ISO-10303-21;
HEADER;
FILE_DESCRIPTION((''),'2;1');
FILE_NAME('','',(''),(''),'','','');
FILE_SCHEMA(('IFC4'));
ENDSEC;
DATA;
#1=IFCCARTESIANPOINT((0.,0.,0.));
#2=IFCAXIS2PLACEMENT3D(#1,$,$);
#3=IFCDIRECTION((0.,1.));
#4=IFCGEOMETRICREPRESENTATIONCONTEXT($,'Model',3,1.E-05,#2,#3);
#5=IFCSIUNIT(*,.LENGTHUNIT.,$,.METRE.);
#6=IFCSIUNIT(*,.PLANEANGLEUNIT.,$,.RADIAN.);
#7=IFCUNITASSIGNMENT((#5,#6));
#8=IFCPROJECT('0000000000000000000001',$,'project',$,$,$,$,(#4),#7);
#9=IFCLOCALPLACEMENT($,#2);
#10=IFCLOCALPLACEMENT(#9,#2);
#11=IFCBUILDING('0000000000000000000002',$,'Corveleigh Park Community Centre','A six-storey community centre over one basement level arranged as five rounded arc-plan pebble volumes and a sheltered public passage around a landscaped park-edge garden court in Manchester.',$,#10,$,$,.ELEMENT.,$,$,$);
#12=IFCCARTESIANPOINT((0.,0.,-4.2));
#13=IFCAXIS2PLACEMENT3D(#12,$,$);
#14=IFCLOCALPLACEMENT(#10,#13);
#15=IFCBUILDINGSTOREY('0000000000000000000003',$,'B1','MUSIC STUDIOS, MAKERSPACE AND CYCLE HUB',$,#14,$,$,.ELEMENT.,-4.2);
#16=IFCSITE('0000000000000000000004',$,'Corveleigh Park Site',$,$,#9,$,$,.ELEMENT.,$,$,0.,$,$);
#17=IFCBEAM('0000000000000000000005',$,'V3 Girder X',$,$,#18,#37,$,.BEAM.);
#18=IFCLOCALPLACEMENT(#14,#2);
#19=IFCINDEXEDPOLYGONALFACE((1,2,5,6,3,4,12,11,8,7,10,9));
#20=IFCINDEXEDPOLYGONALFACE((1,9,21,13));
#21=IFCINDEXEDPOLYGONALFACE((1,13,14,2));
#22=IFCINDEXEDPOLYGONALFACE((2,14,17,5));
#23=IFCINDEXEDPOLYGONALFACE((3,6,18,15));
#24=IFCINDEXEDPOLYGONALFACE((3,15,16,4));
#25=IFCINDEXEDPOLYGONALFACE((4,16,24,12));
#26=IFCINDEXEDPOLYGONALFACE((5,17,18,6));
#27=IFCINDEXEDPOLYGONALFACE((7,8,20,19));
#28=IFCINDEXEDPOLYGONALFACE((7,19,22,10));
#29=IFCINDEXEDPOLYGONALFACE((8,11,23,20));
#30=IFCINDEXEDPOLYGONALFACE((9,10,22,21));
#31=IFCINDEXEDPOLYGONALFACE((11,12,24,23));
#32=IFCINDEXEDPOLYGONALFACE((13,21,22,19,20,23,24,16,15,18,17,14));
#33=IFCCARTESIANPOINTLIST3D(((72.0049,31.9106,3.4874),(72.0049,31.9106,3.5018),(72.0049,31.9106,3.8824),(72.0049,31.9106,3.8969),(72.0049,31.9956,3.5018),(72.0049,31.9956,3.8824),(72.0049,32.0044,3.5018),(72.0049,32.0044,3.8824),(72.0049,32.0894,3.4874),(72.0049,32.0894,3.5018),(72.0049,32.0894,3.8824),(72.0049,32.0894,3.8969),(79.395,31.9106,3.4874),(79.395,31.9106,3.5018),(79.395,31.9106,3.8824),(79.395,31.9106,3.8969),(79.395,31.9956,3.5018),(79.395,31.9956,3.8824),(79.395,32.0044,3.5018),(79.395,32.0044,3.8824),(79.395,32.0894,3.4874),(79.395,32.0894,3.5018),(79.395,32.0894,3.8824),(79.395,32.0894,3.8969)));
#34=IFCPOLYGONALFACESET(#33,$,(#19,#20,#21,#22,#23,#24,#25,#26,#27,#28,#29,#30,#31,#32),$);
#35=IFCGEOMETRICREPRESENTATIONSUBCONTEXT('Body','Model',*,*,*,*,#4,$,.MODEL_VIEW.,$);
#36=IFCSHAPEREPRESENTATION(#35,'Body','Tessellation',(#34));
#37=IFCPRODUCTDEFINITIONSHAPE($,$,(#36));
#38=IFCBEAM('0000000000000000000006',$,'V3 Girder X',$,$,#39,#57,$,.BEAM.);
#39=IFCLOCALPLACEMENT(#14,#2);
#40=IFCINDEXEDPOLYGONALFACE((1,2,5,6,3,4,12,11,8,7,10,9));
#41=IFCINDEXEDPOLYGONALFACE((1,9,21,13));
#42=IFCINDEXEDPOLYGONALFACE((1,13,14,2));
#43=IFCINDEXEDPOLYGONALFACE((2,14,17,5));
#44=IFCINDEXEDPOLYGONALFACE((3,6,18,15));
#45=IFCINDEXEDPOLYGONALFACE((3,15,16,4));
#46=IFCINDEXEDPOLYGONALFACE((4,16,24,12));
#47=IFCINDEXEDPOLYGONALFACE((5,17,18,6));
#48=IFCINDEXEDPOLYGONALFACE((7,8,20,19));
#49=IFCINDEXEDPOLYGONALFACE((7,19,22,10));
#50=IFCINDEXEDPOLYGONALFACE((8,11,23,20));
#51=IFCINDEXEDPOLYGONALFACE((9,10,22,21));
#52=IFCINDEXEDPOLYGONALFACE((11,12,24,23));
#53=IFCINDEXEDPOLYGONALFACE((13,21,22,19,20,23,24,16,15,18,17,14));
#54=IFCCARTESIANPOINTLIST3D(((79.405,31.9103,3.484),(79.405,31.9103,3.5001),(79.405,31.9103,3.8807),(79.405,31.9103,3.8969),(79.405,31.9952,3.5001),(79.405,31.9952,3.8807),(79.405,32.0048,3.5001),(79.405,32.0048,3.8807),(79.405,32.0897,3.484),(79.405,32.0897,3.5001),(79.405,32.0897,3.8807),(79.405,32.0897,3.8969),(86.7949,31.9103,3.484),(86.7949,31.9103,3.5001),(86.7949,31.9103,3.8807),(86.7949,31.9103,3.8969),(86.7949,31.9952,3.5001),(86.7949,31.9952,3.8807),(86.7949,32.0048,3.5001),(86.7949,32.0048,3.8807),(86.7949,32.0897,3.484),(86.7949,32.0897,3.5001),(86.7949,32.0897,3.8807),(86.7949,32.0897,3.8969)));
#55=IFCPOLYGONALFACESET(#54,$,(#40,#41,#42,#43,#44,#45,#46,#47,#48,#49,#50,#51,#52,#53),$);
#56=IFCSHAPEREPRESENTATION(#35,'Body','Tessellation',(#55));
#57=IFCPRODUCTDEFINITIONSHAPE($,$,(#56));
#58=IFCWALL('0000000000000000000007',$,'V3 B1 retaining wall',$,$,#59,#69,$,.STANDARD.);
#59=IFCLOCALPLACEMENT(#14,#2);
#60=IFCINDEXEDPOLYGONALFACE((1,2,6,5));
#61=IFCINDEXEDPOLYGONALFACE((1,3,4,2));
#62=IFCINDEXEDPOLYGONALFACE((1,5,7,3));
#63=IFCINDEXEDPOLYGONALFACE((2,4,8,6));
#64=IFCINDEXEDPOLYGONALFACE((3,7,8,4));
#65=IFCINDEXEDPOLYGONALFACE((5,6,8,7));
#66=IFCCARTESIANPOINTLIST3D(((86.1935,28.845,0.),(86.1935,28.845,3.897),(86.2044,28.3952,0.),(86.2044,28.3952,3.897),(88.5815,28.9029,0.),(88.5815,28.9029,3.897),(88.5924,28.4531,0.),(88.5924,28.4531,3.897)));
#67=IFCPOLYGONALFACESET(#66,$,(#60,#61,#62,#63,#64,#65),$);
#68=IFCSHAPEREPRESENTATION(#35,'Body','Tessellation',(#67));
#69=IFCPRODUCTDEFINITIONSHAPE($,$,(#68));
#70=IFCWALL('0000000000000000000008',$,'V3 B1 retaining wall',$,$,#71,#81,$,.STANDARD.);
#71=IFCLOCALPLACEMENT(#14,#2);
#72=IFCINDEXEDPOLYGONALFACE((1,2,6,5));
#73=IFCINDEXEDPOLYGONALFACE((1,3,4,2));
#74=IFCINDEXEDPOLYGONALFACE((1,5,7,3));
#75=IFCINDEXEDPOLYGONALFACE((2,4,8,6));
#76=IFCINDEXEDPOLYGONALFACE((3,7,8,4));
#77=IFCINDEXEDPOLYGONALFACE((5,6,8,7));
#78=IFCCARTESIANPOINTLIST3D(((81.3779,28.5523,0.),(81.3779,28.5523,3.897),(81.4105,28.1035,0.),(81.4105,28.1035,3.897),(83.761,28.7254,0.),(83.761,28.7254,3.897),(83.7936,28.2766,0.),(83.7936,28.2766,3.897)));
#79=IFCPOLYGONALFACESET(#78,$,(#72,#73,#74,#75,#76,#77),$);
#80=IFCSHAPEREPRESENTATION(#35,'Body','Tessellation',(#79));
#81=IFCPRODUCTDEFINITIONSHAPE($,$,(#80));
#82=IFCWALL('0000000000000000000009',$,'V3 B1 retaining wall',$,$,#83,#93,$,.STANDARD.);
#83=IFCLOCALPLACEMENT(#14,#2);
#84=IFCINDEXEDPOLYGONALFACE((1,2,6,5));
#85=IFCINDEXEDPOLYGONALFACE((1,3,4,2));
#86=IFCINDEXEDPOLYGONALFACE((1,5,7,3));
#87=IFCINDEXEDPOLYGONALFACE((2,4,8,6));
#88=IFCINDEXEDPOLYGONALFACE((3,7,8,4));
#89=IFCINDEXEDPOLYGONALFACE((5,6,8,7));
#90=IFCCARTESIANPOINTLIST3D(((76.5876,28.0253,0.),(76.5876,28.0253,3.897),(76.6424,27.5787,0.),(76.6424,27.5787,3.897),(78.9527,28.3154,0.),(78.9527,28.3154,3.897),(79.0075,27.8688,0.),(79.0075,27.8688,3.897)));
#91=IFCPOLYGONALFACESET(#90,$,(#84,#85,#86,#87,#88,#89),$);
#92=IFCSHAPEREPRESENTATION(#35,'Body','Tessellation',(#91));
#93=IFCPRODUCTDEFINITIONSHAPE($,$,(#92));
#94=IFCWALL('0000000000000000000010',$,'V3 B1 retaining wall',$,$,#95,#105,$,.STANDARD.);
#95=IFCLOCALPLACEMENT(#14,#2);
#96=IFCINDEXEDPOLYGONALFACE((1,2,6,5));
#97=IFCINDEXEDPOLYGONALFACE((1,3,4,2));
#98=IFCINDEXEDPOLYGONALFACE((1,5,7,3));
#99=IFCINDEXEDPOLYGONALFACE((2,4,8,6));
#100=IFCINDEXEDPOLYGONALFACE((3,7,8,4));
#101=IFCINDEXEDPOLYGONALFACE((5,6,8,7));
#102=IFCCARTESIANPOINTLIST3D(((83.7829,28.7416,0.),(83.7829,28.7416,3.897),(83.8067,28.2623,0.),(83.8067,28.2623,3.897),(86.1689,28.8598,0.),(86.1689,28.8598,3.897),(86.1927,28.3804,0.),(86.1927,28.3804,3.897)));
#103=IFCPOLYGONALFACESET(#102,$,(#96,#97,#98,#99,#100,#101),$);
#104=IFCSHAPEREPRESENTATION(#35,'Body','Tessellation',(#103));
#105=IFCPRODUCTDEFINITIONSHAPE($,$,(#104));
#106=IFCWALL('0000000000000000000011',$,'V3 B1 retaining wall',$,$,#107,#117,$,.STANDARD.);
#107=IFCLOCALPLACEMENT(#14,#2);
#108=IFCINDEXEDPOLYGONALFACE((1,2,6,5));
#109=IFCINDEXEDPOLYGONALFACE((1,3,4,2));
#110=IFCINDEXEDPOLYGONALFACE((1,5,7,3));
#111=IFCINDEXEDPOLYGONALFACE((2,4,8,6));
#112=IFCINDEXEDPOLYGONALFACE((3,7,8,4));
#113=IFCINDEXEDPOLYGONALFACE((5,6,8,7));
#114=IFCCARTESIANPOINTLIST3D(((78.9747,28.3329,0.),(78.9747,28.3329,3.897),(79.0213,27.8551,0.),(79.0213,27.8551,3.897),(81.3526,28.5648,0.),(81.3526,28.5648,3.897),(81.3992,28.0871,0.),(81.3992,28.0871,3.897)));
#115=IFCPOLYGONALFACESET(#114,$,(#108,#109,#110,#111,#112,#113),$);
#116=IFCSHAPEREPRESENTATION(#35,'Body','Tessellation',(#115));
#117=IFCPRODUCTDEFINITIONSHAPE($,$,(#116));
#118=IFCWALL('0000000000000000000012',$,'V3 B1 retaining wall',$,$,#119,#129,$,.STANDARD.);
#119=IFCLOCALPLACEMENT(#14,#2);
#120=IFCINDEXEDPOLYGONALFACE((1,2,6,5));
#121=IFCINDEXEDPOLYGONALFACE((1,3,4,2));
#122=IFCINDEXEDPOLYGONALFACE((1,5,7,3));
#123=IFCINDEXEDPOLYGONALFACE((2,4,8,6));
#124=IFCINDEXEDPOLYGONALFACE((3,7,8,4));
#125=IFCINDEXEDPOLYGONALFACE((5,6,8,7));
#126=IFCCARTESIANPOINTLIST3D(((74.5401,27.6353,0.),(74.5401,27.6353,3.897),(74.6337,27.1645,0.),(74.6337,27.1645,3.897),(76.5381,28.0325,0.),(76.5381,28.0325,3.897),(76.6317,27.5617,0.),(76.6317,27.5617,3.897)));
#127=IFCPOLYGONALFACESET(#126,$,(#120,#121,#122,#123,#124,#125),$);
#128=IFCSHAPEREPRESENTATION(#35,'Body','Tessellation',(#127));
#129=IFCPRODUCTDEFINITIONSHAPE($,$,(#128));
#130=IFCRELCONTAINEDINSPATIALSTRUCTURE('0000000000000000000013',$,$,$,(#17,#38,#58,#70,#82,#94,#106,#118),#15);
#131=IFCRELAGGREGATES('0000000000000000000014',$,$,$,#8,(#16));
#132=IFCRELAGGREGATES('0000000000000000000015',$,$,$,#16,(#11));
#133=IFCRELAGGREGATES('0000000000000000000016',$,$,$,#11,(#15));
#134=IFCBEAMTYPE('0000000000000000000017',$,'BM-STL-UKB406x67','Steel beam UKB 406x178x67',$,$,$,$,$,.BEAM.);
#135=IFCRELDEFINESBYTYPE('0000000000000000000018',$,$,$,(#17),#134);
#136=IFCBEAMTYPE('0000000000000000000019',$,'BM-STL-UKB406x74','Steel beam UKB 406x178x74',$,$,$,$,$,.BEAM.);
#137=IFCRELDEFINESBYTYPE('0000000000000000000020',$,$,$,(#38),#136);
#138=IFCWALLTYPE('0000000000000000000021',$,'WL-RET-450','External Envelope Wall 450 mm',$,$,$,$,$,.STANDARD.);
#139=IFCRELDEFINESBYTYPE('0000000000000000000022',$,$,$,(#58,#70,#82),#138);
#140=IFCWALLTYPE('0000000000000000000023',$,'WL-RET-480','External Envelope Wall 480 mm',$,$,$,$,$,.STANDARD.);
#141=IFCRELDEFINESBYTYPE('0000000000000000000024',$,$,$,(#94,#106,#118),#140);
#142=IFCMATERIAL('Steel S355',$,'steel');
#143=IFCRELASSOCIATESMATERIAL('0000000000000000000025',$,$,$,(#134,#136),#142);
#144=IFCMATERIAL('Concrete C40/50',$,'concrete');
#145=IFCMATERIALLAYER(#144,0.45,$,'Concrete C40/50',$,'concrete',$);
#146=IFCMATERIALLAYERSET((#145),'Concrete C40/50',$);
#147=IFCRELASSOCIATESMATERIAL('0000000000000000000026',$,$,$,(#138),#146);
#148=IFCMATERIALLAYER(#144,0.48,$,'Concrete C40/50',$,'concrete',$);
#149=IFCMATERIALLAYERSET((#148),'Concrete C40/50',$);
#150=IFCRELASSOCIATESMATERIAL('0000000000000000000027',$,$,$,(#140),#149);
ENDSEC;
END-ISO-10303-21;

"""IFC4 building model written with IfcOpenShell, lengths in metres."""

from ifc_helpers import new_model, si_unit, direction, frame, frame_2d, origin, origin_2d, place, context, subcontext, project, spatial, rectangle, i_section, extrude, material, layer, layer_set, material_profile, profile_set, type_object, element, save


model = new_model("IFC4")

# Units and contexts
model_context = context("Model", 3, precision=1e-05, world=origin(), true_north=direction((0.0, 1.0)))
body_context = subcontext(model_context, "Body", "Model", "MODEL_VIEW")
ifc_project = project(units=[si_unit("LENGTHUNIT", "METRE"), si_unit("PLANEANGLEUNIT", "RADIAN")], contexts=[model_context])

# Site, building, storey
site_placement = place(None, origin())
site = spatial("IfcSite", under=ifc_project, at=site_placement, Name="Corveleigh Park Site", CompositionType="ELEMENT", RefElevation=0.0)
building_placement = place(site_placement, origin())
building = spatial("IfcBuilding", under=site, at=building_placement, Name="Corveleigh Park Community Centre", Description="A six-storey community centre over one basement level arranged as five rounded arc-plan pebble volumes and a sheltered public passage around a landscaped park-edge garden court in Manchester.", CompositionType="ELEMENT")
storey_placement = place(building_placement, frame((0.0, 0.0, -4.2)))
storey = spatial("IfcBuildingStorey", under=building, at=storey_placement, Name="B1", Description="MUSIC STUDIOS, MAKERSPACE AND CYCLE HUB", CompositionType="ELEMENT", Elevation=-4.2)

# Shared definitions
ifc_material_1 = material(Name="Concrete C40/50", Category="concrete")

# Beams
ifc_material_2 = material(Name="Steel S355", Category="steel")
ifc_material_profile_1 = material_profile(ifc_material_2, i_section(OverallWidth=0.1787, OverallDepth=0.4094, WebThickness=0.0088, FlangeThickness=0.0144, at=origin_2d()), Name="UKB 406x178x67", Category="steel")
ifc_profile_set_1 = profile_set([ifc_material_profile_1], Name="Steel S355")
beam_type_1 = type_object("IfcBeamType", Name="BM-STL-UKB406x67", Description="Steel beam UKB 406x178x67", PredefinedType="BEAM", material=ifc_profile_set_1)
beam_1_placement = place(storey_placement, frame((72.0049, 32.0, 3.6921), z_axis=(1.0, 0.0, 0.0), x_axis=(0.0, 1.0, 0.0)))
element("IfcBeam", 1, at=beam_1_placement, inside=storey, type_object=beam_type_1, Name="V3 Girder X", PredefinedType="BEAM", context=body_context, shape_type="SweptSolid", body=[
    extrude(i_section(OverallWidth=0.1787, OverallDepth=0.4094, WebThickness=0.0088, FlangeThickness=0.0144, at=origin_2d()), origin(), (0.0, 0.0, 1.0), 7.3901),
])
ifc_material_profile_2 = material_profile(ifc_material_2, i_section(OverallWidth=0.1794, OverallDepth=0.4128, WebThickness=0.0095, FlangeThickness=0.0161, at=origin_2d()), Name="UKB 406x178x74", Category="steel")
ifc_profile_set_2 = profile_set([ifc_material_profile_2], Name="Steel S355")
beam_type_2 = type_object("IfcBeamType", Name="BM-STL-UKB406x74", Description="Steel beam UKB 406x178x74", PredefinedType="BEAM", material=ifc_profile_set_2)
beam_2_placement = place(storey_placement, frame((79.405, 32.0, 3.6904), z_axis=(1.0, 0.0, 0.0), x_axis=(0.0, 1.0, 0.0)))
element("IfcBeam", 2, at=beam_2_placement, inside=storey, type_object=beam_type_2, Name="V3 Girder X", PredefinedType="BEAM", context=body_context, shape_type="SweptSolid", body=[
    extrude(i_section(OverallWidth=0.1794, OverallDepth=0.4128, WebThickness=0.0095, FlangeThickness=0.0161, at=origin_2d()), origin(), (0.0, 0.0, 1.0), 7.3899),
])

# Walls
ifc_layer_1 = layer(ifc_material_1, 0.45, Name="Concrete C40/50", Category="concrete")
ifc_layer_set_1 = layer_set([ifc_layer_1], Name="Concrete C40/50")
wall_type_1 = type_object("IfcWallType", Name="WL-RET-450", Description="External Envelope Wall 450 mm", PredefinedType="STANDARD", material=ifc_layer_set_1)
wall_1_placement = place(storey_placement, frame((86.199, 28.6201, 0.0), z_axis=(0.0, 0.0, 1.0), x_axis=(0.999707, 0.024224, 0.0)))
element("IfcWall", 3, at=wall_1_placement, inside=storey, type_object=wall_type_1, Name="V3 B1 retaining wall", PredefinedType="STANDARD", context=body_context, shape_type="SweptSolid", body=[
    extrude(rectangle(XDim=2.3887, YDim=0.45, at=frame_2d((1.1943, 0.0))), origin(), (0.0, 0.0, 1.0), 3.897),
])
wall_2_placement = place(storey_placement, frame((81.394, 28.3279, 0.0), z_axis=(0.0, 0.0, 1.0), x_axis=(0.997372, 0.072445, 0.0)))
element("IfcWall", 4, at=wall_2_placement, inside=storey, type_object=wall_type_1, Name="V3 B1 retaining wall", PredefinedType="STANDARD", context=body_context, shape_type="SweptSolid", body=[
    extrude(rectangle(XDim=2.3894, YDim=0.45, at=frame_2d((1.1948, 0.0))), origin(), (0.0, 0.0, 1.0), 3.897),
])
wall_3_placement = place(storey_placement, frame((76.615, 27.802, 0.0), z_axis=(0.0, 0.0, 1.0), x_axis=(0.992564, 0.121727, 0.0)))
element("IfcWall", 5, at=wall_3_placement, inside=storey, type_object=wall_type_1, Name="V3 B1 retaining wall", PredefinedType="STANDARD", context=body_context, shape_type="SweptSolid", body=[
    extrude(rectangle(XDim=2.3828, YDim=0.45, at=frame_2d((1.1914, 0.0))), origin(), (0.0, 0.0, 1.0), 3.897),
])
ifc_layer_2 = layer(ifc_material_1, 0.48, Name="Concrete C40/50", Category="concrete")
ifc_layer_set_2 = layer_set([ifc_layer_2], Name="Concrete C40/50")
wall_type_2 = type_object("IfcWallType", Name="WL-RET-480", Description="External Envelope Wall 480 mm", PredefinedType="STANDARD", material=ifc_layer_set_2)
wall_4_placement = place(storey_placement, frame((83.7949, 28.502, 0.0), z_axis=(0.0, 0.0, 1.0), x_axis=(0.998776, 0.049464, 0.0)))
element("IfcWall", 6, at=wall_4_placement, inside=storey, type_object=wall_type_2, Name="V3 B1 retaining wall", PredefinedType="STANDARD", context=body_context, shape_type="SweptSolid", body=[
    extrude(rectangle(XDim=2.3889, YDim=0.48, at=frame_2d((1.1943, 0.0))), origin(), (0.0, 0.0, 1.0), 3.897),
])
wall_5_placement = place(storey_placement, frame((78.998, 28.094, 0.0), z_axis=(0.0, 0.0, 1.0), x_axis=(0.995277, 0.097075, 0.0)))
element("IfcWall", 7, at=wall_5_placement, inside=storey, type_object=wall_type_2, Name="V3 B1 retaining wall", PredefinedType="STANDARD", context=body_context, shape_type="SweptSolid", body=[
    extrude(rectangle(XDim=2.3892, YDim=0.48, at=frame_2d((1.1946, 0.0))), origin(), (0.0, 0.0, 1.0), 3.897),
])
wall_6_placement = place(storey_placement, frame((74.5869, 27.3999, 0.0), z_axis=(0.0, 0.0, 1.0), x_axis=(0.980806, 0.194987, 0.0)))
element("IfcWall", 8, at=wall_6_placement, inside=storey, type_object=wall_type_2, Name="V3 B1 retaining wall", PredefinedType="STANDARD", context=body_context, shape_type="SweptSolid", body=[
    extrude(rectangle(XDim=2.0371, YDim=0.48, at=frame_2d((1.0186, 0.0))), origin(), (0.0, 0.0, 1.0), 3.897),
])

save(model, "model.ifc")
